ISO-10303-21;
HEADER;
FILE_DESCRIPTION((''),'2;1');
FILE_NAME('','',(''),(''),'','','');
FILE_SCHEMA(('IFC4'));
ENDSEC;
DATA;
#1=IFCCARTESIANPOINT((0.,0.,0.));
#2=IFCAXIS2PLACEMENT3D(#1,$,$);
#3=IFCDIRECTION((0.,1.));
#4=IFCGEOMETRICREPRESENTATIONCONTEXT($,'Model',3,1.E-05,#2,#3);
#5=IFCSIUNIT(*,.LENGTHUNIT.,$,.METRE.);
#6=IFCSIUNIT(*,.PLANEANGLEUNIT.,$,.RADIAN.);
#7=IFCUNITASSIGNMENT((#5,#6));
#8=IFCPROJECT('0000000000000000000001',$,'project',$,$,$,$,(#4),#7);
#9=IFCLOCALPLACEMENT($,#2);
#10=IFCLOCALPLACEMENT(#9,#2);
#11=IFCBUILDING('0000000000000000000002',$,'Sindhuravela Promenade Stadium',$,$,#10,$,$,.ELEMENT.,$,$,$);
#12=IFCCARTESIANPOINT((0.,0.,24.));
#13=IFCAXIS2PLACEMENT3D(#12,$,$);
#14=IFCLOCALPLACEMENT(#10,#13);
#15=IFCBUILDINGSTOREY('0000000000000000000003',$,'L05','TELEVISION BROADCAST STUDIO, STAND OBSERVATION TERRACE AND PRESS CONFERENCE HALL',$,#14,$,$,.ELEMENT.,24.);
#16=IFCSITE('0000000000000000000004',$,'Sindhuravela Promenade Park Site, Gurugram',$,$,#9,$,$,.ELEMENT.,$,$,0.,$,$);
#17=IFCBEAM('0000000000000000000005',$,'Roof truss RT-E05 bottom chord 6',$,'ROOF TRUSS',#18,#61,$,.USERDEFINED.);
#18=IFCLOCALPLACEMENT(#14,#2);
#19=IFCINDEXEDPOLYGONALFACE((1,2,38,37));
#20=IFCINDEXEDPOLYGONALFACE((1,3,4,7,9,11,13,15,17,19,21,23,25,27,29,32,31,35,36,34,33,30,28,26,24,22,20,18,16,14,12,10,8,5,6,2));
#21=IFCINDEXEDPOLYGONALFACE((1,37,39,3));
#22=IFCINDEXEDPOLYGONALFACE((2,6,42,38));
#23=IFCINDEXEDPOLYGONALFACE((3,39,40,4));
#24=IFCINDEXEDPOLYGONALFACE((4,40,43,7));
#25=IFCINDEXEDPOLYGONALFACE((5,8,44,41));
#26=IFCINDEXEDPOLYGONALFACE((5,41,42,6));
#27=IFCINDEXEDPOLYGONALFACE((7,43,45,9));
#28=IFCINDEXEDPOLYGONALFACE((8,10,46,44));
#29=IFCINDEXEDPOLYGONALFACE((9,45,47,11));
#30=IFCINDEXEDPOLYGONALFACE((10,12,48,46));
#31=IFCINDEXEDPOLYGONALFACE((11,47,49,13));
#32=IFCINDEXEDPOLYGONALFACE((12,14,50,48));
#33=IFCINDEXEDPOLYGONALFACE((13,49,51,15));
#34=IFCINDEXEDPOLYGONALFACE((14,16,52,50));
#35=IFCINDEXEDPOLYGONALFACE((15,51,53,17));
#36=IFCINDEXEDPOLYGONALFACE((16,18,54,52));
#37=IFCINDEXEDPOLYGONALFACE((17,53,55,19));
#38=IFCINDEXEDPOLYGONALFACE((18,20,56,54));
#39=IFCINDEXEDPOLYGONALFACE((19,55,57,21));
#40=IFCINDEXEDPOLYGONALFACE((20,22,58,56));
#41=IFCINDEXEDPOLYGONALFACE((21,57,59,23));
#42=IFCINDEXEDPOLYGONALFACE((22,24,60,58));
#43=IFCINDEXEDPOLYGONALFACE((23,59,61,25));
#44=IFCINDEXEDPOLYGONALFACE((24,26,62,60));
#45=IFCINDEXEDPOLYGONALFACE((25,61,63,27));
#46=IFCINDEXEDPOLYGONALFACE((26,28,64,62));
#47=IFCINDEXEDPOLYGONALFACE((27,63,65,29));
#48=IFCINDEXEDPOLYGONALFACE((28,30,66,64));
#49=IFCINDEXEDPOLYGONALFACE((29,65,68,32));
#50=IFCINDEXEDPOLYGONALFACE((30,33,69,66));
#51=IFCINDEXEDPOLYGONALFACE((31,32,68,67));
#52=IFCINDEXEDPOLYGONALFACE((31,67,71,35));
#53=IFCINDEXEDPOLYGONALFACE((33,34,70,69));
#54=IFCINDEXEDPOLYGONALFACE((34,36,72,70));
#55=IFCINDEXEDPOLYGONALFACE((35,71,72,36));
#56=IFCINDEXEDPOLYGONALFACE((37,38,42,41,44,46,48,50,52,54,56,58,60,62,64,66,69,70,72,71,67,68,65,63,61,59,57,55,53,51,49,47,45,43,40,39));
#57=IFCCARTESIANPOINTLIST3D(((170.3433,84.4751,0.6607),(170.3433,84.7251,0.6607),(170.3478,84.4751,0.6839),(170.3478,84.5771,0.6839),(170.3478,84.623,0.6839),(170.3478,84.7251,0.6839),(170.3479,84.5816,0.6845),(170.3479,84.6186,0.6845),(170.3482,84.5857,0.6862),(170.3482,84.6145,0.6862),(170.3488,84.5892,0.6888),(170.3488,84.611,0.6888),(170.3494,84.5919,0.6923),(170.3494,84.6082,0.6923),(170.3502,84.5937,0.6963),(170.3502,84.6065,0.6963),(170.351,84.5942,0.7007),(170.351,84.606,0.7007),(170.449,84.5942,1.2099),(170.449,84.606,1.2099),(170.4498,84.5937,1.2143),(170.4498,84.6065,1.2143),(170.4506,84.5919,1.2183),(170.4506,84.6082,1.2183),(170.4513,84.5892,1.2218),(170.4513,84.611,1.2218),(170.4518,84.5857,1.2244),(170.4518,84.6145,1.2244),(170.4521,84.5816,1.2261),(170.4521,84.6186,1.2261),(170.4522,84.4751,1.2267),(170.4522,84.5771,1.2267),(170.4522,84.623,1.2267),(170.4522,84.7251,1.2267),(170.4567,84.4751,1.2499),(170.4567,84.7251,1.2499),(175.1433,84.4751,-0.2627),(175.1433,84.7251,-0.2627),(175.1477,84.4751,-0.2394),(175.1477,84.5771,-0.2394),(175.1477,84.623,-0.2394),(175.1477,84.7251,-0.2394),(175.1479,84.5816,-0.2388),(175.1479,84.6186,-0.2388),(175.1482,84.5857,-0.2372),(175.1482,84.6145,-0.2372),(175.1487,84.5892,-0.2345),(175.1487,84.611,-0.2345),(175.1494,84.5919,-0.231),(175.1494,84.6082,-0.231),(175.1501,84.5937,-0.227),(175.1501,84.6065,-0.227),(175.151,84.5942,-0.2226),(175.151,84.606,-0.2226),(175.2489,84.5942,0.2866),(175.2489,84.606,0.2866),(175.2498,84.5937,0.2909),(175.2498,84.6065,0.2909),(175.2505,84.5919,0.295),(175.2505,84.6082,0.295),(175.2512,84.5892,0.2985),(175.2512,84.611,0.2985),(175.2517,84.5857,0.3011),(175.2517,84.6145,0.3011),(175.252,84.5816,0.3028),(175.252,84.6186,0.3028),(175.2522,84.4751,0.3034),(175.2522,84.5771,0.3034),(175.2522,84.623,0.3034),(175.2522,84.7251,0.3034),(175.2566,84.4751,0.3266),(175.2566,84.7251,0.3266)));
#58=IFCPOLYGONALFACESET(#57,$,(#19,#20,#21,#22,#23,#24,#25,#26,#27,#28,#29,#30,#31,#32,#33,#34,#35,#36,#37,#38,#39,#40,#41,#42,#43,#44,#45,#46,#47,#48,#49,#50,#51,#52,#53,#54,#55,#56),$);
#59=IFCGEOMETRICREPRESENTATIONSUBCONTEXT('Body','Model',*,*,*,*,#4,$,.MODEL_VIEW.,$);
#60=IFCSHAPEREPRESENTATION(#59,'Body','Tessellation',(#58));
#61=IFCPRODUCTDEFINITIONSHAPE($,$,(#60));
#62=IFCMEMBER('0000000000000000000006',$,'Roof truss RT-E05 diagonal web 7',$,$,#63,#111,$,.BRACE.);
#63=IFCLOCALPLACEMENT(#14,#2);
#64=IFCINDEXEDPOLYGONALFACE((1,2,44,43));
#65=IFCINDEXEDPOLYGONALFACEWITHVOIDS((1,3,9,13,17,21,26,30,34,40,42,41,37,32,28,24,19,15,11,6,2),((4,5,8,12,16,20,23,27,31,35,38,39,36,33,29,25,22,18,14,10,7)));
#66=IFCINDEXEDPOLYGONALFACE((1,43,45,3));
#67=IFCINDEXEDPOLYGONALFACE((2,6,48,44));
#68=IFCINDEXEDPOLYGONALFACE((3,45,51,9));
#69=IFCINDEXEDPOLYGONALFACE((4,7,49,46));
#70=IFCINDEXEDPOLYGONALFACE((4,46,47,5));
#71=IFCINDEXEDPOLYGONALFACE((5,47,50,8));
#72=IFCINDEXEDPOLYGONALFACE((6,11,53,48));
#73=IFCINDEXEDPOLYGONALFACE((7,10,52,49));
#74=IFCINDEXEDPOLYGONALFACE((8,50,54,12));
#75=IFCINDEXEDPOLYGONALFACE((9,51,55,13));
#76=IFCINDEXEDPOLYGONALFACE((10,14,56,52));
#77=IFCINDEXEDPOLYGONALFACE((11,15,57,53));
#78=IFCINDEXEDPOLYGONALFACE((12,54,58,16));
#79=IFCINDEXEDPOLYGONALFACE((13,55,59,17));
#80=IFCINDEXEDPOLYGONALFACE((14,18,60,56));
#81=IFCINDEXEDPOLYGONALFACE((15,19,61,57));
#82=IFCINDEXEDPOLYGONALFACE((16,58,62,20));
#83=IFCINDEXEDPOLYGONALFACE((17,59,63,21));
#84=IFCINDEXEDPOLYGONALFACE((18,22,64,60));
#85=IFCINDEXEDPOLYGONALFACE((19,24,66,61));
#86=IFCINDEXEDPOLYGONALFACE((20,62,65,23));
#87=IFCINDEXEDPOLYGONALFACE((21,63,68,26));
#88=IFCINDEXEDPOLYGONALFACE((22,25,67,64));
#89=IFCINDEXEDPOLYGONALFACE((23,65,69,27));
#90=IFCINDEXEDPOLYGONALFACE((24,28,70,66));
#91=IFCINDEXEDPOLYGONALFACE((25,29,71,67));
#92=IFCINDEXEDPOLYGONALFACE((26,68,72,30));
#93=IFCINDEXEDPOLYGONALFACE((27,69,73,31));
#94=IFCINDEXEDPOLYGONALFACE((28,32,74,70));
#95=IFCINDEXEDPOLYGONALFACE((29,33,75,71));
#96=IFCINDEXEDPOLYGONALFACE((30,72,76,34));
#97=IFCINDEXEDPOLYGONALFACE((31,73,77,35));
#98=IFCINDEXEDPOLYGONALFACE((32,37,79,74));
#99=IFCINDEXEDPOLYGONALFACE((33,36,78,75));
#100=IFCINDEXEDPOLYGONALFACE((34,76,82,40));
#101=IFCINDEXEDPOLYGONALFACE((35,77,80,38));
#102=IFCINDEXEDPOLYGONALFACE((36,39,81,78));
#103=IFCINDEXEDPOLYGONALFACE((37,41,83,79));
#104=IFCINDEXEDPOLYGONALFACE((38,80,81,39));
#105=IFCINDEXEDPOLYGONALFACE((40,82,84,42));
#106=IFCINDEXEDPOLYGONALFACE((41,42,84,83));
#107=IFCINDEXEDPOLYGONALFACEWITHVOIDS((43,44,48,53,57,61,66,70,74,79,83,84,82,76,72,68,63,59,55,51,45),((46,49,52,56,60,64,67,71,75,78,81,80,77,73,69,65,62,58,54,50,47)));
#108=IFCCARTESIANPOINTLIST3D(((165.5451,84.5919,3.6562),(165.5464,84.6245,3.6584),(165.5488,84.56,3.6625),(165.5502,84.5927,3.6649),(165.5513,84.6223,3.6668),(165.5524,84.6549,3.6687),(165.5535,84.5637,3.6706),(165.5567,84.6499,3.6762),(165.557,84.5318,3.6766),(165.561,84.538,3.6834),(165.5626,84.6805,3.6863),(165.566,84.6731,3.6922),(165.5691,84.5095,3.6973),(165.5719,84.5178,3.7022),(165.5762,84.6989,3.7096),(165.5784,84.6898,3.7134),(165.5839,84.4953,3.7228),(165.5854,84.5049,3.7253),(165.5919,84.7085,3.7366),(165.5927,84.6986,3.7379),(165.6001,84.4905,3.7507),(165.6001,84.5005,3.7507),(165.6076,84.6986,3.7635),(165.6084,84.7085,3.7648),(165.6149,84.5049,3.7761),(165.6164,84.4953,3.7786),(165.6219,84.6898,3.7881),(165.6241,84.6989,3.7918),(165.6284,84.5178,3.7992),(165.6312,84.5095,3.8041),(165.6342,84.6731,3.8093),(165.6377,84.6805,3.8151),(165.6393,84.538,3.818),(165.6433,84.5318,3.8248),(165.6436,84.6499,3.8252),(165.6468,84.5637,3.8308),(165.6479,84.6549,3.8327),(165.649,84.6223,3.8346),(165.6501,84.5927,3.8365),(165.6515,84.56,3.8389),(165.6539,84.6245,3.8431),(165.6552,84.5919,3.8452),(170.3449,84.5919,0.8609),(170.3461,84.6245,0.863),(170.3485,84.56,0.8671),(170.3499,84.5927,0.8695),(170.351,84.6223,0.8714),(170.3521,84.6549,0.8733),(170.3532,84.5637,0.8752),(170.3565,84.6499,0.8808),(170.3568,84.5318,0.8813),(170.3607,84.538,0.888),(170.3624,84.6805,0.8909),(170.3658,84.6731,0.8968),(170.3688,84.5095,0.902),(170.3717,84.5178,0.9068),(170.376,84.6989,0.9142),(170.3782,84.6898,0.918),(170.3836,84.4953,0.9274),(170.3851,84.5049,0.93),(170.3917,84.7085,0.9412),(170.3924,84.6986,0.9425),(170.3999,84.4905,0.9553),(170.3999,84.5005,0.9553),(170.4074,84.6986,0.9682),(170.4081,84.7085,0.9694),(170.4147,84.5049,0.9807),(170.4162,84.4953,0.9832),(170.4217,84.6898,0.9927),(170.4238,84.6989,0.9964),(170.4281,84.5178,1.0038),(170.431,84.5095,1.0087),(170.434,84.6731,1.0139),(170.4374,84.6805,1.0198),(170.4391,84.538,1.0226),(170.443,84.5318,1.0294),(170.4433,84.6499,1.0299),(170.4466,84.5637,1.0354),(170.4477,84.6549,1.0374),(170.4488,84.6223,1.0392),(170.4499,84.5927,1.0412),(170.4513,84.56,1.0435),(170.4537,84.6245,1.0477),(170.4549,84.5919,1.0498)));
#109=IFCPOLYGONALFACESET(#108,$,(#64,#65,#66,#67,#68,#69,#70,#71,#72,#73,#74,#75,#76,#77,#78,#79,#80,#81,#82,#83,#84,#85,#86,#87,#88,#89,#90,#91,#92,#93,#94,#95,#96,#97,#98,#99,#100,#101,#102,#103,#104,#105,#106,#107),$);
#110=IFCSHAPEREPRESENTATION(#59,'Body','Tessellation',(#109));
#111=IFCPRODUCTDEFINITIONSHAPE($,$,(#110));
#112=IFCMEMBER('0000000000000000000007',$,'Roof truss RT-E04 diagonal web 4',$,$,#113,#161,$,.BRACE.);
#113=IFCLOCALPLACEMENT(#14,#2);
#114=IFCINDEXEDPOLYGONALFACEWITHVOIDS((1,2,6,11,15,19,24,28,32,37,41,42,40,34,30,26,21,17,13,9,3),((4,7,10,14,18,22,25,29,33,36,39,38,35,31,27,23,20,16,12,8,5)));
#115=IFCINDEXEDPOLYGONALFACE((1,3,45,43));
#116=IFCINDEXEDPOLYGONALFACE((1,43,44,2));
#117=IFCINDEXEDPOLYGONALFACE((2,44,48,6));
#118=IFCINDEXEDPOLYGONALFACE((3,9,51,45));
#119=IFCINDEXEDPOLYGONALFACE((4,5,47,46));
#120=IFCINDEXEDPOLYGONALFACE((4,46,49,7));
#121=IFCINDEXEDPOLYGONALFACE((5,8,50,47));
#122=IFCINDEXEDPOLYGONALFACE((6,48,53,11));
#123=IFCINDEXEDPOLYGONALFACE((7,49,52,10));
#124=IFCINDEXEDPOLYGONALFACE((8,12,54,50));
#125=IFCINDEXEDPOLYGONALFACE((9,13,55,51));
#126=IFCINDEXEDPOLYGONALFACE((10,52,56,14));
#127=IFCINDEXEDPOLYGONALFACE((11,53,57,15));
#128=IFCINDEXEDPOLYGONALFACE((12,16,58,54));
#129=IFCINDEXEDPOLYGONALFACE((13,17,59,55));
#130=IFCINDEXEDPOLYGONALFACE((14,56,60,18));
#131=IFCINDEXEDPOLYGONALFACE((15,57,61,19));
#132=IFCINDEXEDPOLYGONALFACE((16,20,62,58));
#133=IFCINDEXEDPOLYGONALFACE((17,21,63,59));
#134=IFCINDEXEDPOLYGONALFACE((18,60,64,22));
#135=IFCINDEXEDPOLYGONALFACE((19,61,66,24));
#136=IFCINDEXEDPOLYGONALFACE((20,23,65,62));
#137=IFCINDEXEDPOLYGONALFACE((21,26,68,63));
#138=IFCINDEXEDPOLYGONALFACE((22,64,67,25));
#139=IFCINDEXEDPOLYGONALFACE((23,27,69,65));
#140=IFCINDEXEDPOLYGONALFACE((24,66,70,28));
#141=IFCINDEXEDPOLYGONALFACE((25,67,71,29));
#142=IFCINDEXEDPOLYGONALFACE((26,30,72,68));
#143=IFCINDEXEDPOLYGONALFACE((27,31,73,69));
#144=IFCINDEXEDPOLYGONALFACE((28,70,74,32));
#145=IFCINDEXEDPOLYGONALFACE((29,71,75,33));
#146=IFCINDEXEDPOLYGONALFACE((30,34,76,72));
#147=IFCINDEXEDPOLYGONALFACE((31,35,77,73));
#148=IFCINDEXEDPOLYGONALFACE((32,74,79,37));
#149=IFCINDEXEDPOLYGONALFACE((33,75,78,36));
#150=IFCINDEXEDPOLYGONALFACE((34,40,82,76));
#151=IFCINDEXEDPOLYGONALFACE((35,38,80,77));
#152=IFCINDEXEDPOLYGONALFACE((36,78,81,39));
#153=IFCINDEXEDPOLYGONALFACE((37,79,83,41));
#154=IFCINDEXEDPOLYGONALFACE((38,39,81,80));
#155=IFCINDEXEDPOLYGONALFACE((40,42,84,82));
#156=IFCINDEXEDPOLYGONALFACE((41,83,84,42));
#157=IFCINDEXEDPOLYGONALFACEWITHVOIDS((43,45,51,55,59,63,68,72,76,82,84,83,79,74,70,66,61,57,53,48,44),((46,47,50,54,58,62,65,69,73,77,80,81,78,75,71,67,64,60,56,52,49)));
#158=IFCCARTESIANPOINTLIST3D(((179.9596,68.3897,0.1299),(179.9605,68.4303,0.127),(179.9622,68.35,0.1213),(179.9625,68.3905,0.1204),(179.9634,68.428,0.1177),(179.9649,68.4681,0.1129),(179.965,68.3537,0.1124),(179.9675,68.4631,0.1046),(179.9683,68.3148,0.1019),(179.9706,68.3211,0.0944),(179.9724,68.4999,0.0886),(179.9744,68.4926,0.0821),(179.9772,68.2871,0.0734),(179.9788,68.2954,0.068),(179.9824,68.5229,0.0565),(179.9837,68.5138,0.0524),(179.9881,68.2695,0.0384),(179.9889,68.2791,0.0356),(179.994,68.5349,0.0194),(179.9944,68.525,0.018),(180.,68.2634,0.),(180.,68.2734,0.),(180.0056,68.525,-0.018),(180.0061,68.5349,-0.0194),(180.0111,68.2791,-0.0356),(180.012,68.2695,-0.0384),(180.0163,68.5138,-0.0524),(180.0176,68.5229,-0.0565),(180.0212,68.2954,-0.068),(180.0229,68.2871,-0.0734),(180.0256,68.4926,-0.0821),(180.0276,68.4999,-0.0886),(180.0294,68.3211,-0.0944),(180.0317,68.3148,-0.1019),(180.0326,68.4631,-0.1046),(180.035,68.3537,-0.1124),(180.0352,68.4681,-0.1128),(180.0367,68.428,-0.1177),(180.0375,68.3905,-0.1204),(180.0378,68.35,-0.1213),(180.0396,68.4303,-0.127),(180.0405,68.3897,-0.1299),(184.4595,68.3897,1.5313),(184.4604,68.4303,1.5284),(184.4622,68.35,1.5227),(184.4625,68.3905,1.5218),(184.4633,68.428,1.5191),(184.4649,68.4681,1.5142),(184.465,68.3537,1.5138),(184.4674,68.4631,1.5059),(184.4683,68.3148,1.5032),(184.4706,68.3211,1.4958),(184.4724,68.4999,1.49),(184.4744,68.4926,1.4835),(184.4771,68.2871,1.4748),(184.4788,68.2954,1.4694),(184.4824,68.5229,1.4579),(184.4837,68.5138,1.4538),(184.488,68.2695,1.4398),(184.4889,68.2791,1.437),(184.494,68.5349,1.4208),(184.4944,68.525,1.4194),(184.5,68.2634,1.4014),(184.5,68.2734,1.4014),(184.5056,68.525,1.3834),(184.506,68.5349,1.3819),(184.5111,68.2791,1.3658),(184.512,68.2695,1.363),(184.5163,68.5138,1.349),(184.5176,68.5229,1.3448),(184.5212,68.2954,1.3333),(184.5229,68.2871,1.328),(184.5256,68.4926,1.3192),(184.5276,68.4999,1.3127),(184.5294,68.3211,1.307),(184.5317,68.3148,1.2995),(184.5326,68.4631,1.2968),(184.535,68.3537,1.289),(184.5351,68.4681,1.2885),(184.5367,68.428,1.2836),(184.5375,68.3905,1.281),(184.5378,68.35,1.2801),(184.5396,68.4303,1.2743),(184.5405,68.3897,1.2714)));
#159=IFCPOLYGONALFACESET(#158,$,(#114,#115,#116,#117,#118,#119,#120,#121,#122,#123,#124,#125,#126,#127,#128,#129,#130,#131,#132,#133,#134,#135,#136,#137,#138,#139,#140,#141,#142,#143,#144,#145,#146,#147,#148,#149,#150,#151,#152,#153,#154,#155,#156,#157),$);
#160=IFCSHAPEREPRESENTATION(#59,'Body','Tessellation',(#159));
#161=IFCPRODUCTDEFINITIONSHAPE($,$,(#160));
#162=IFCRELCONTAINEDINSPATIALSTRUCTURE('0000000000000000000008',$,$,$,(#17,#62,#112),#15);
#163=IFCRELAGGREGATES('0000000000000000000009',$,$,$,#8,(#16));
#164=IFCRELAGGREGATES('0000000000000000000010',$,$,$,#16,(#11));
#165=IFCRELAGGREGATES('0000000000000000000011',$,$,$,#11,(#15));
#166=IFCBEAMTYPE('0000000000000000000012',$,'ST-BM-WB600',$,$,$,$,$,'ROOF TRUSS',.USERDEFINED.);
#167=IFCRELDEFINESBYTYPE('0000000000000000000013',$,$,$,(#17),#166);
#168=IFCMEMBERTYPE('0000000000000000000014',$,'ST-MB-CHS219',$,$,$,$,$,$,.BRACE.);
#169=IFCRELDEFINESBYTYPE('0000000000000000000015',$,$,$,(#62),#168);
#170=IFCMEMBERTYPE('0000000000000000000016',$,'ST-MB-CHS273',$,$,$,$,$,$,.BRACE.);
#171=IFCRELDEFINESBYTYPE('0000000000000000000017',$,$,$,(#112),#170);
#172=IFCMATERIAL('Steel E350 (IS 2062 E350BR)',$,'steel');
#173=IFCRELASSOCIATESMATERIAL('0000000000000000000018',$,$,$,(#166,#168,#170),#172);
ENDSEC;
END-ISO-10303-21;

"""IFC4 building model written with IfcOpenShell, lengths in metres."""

from ifc_helpers import new_model, si_unit, direction, frame, origin, origin_2d, place, context, subcontext, project, spatial, hollow_circle, i_section, extrude, material, material_profile, profile_set, type_object, element, save


model = new_model("IFC4")

# Units and contexts
model_context = context("Model", 3, precision=1e-05, world=origin(), true_north=direction((0.0, 1.0)))
body_context = subcontext(model_context, "Body", "Model", "MODEL_VIEW")
ifc_project = project(units=[si_unit("LENGTHUNIT", "METRE"), si_unit("PLANEANGLEUNIT", "RADIAN")], contexts=[model_context])

# Site, building, storey
site_placement = place(None, origin())
site = spatial("IfcSite", under=ifc_project, at=site_placement, Name="Sindhuravela Promenade Park Site, Gurugram", CompositionType="ELEMENT", RefElevation=0.0)
building_placement = place(site_placement, origin())
building = spatial("IfcBuilding", under=site, at=building_placement, Name="Sindhuravela Promenade Stadium", CompositionType="ELEMENT")
storey_placement = place(building_placement, frame((0.0, 0.0, 24.0)))
storey = spatial("IfcBuildingStorey", under=building, at=storey_placement, Name="L05", Description="TELEVISION BROADCAST STUDIO, STAND OBSERVATION TERRACE AND PRESS CONFERENCE HALL", CompositionType="ELEMENT", Elevation=24.0)

# Beam
ifc_material_1 = material(Name="Steel E350 (IS 2062 E350BR)", Category="steel")
ifc_material_profile_1 = material_profile(ifc_material_1, i_section(OverallWidth=0.25, OverallDepth=0.6001, WebThickness=0.0117, FlangeThickness=0.0237, FilletRadius=0.0171, at=origin_2d()), Name="ISWB 600")
ifc_profile_set_1 = profile_set([ifc_material_profile_1], Name="Steel E350 (IS 2062 E350BR)")
beam_type_1 = type_object("IfcBeamType", Name="ST-BM-WB600", ElementType="ROOF TRUSS", PredefinedType="USERDEFINED", material=ifc_profile_set_1)
beam_1_placement = place(storey_placement, frame((175.2, 84.6001, 0.032), z_axis=(-0.981997, 0.0, 0.188897), x_axis=(0.0, -1.0, 0.0)))
element("IfcBeam", 1, at=beam_1_placement, inside=storey, type_object=beam_type_1, Name="Roof truss RT-E05 bottom chord 6", ObjectType="ROOF TRUSS", PredefinedType="USERDEFINED", context=body_context, shape_type="SweptSolid", body=[
    extrude(i_section(OverallWidth=0.25, OverallDepth=0.6001, WebThickness=0.0117, FlangeThickness=0.0237, FilletRadius=0.0171, at=origin_2d()), origin(), (0.0, 0.0, 1.0), 4.8879),
])

# Members
ifc_material_profile_2 = material_profile(ifc_material_1, hollow_circle(Radius=0.1096, WallThickness=0.01, at=origin_2d()), Name="CHS 219.1x10")
ifc_profile_set_2 = profile_set([ifc_material_profile_2], Name="Steel E350 (IS 2062 E350BR)")
member_type_1 = type_object("IfcMemberType", Name="ST-MB-CHS219", PredefinedType="BRACE", material=ifc_profile_set_2)
member_1_placement = place(storey_placement, frame((170.3999, 84.6001, 0.9553), z_axis=(-0.864129, 0.0, 0.50327), x_axis=(0.0, -1.0, 0.0)))
element("IfcMember", 2, at=member_1_placement, inside=storey, type_object=member_type_1, Name="Roof truss RT-E05 diagonal web 7", PredefinedType="BRACE", context=body_context, shape_type="SweptSolid", body=[
    extrude(hollow_circle(Radius=0.1096, WallThickness=0.01, at=origin_2d()), origin(), (0.0, 0.0, 1.0), 5.5544),
])
ifc_material_profile_3 = material_profile(ifc_material_1, hollow_circle(Radius=0.1365, WallThickness=0.01, at=origin_2d()), Name="CHS 273.0x10")
ifc_profile_set_3 = profile_set([ifc_material_profile_3], Name="Steel E350 (IS 2062 E350BR)")
member_type_2 = type_object("IfcMemberType", Name="ST-MB-CHS273", PredefinedType="BRACE", material=ifc_profile_set_3)
member_2_placement = place(storey_placement, frame((184.5, 68.3999, 1.4014), z_axis=(-0.954774, 0.0, -0.297331), x_axis=(0.0, -1.0, 0.0)))
element("IfcMember", 3, at=member_2_placement, inside=storey, type_object=member_type_2, Name="Roof truss RT-E04 diagonal web 4", PredefinedType="BRACE", context=body_context, shape_type="SweptSolid", body=[
    extrude(hollow_circle(Radius=0.1365, WallThickness=0.01, at=origin_2d()), origin(), (0.0, 0.0, 1.0), 4.7131),
])

save(model, "model.ifc")
